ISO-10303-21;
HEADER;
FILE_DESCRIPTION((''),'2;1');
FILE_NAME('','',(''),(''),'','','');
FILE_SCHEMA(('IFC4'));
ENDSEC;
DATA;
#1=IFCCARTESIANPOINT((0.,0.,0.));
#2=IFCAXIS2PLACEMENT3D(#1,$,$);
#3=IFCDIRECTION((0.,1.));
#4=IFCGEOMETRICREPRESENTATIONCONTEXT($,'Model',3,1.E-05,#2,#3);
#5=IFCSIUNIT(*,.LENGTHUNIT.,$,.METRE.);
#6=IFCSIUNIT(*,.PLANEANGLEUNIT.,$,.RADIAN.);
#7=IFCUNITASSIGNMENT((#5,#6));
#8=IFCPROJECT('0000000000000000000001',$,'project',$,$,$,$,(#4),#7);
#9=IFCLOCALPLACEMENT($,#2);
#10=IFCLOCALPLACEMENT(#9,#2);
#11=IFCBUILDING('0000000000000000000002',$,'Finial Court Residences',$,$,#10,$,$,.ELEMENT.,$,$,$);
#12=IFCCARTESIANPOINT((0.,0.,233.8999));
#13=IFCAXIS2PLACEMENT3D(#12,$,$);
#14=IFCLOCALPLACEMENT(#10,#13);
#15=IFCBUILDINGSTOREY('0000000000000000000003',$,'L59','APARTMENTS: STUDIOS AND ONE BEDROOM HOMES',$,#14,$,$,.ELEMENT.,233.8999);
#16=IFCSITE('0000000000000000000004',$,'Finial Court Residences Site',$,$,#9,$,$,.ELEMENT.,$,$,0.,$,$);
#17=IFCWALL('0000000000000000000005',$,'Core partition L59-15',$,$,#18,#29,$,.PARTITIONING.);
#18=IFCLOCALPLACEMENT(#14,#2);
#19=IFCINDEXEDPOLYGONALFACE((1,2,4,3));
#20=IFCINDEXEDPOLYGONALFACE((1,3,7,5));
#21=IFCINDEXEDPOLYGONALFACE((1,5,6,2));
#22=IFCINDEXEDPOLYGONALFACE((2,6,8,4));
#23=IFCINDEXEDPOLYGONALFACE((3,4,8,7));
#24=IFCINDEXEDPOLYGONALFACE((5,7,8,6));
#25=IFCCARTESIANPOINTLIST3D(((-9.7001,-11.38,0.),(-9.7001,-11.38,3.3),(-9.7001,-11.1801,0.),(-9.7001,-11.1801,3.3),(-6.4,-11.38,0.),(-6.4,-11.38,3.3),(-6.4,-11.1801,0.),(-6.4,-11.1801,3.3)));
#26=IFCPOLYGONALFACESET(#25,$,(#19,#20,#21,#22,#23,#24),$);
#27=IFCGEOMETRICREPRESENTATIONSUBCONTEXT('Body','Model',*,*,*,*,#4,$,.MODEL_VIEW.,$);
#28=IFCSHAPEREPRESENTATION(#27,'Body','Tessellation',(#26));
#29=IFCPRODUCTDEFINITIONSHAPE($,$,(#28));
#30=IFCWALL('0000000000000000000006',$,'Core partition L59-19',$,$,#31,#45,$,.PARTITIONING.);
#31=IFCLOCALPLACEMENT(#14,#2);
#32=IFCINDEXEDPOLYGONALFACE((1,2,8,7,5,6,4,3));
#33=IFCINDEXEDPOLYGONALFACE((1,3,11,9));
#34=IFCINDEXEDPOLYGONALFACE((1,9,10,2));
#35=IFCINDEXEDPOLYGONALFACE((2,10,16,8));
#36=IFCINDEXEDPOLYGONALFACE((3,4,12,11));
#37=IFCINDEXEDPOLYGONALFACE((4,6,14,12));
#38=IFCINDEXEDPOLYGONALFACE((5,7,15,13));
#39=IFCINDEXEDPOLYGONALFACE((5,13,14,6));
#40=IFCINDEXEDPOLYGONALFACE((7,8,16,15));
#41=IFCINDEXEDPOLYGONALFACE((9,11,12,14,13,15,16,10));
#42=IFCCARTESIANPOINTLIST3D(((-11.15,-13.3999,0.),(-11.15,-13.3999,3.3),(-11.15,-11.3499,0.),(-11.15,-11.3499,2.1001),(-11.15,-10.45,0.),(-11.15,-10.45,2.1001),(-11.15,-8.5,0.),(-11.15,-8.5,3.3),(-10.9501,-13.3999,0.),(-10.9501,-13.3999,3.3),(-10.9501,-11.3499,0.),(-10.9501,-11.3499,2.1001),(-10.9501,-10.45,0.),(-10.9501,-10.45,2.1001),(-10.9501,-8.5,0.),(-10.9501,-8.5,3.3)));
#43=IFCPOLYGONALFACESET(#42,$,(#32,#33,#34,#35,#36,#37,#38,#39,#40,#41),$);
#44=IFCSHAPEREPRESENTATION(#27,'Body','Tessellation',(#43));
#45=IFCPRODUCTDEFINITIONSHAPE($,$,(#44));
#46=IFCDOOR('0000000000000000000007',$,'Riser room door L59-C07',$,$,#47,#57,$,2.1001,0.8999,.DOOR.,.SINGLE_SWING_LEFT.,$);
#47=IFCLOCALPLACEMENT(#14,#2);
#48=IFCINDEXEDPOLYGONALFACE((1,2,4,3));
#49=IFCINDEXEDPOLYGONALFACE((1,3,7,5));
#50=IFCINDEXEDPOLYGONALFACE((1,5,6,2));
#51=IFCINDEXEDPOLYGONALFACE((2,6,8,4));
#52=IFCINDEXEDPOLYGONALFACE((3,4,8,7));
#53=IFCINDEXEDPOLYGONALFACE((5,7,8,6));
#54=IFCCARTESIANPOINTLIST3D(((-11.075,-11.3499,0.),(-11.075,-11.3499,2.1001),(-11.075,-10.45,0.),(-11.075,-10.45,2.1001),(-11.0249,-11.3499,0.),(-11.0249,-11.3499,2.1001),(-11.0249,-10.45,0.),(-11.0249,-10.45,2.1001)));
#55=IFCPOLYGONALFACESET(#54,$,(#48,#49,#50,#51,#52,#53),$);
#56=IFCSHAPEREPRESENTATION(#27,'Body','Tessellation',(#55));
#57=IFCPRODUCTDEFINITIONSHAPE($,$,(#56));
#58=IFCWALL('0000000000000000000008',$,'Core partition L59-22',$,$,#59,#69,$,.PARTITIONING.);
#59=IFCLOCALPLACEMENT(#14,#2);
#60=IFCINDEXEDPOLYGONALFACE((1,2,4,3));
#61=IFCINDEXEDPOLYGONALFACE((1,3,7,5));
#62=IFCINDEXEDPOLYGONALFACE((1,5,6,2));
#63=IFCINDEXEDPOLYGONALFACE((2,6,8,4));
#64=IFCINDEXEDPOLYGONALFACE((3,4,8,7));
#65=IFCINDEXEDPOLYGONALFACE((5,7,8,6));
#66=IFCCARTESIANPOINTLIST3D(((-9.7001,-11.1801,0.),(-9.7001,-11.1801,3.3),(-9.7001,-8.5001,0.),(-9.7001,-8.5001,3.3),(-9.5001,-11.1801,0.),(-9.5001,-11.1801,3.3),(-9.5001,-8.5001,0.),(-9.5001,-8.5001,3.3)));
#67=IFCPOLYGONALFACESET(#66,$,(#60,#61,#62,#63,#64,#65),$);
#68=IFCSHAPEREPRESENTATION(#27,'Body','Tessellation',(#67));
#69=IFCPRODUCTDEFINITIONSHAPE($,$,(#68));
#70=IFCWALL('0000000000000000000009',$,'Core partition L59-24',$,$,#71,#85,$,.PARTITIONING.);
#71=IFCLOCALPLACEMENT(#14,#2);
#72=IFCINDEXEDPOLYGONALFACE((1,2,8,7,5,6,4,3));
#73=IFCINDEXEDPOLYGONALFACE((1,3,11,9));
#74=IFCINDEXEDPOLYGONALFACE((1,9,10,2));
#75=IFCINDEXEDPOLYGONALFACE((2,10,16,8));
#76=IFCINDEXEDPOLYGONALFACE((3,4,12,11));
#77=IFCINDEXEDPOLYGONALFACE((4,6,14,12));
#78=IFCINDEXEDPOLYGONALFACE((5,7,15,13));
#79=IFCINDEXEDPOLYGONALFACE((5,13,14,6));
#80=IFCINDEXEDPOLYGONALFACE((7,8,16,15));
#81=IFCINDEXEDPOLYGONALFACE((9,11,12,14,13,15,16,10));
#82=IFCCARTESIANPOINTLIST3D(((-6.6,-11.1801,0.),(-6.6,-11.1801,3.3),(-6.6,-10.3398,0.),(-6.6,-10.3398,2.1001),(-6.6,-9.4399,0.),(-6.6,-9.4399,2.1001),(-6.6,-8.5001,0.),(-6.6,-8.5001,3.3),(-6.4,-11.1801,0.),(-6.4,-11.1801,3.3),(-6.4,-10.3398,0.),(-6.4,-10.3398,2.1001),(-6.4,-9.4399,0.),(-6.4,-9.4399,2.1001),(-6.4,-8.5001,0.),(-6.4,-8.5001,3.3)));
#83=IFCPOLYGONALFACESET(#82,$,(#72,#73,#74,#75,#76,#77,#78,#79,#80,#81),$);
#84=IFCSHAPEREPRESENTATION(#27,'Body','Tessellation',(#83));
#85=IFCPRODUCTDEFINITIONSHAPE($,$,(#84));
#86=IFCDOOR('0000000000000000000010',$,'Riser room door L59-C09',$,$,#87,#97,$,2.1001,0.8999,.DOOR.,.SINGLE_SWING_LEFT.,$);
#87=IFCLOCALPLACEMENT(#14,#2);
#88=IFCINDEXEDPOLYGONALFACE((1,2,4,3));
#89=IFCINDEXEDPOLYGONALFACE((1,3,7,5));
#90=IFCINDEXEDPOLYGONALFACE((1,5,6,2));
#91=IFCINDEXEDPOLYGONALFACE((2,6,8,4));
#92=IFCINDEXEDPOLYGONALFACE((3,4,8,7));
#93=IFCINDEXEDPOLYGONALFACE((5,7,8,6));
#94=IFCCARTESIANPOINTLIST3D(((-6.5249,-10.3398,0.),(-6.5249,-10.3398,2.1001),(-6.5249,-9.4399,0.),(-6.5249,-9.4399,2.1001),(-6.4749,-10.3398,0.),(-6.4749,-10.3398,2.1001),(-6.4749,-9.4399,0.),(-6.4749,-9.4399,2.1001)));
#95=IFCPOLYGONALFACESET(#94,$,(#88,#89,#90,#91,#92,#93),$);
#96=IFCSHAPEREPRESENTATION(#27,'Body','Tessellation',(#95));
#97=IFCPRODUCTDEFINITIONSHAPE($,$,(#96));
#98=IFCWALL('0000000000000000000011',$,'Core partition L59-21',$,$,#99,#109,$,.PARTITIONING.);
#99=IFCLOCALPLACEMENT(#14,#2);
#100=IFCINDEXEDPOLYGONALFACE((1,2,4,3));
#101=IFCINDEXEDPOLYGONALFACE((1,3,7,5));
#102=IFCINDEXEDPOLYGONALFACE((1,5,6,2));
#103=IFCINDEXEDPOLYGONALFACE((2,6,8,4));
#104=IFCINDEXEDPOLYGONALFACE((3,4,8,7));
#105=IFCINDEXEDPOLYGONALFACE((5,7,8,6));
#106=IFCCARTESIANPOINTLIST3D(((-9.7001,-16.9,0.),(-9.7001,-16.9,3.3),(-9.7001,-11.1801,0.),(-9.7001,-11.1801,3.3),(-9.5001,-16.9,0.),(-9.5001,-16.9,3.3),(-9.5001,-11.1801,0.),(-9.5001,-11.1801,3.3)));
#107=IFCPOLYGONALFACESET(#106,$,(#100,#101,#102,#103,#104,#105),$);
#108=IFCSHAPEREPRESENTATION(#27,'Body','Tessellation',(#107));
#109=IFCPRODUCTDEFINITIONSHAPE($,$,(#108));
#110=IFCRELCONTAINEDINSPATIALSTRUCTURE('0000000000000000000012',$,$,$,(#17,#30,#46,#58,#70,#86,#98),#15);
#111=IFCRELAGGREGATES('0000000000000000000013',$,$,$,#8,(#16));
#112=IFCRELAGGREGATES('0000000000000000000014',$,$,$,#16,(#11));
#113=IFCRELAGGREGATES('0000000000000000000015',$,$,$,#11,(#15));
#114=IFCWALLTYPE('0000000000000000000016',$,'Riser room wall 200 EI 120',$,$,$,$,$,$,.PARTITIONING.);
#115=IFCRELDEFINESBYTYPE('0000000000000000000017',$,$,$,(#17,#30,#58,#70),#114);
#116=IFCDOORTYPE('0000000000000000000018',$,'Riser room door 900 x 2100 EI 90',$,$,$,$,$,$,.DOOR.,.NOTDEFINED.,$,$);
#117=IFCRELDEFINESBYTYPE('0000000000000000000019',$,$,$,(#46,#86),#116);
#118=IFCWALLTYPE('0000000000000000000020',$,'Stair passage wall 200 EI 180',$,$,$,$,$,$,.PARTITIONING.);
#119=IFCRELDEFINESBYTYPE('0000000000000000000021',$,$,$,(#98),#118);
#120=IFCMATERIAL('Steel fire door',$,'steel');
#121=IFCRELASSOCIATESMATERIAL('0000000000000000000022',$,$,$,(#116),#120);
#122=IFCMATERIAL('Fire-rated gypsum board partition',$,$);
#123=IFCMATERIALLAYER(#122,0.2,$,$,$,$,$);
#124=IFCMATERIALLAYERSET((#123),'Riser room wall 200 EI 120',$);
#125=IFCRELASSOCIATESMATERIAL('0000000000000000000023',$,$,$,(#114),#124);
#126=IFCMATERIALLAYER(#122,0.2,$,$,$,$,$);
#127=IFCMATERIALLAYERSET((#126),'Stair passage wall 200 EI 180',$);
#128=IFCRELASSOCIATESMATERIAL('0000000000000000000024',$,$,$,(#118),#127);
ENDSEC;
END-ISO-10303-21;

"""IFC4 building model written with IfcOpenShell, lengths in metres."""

from ifc_helpers import new_model, si_unit, direction, frame, frame_2d, origin, place, context, subcontext, project, spatial, rectangle, extrude, material, layer, layer_set, type_object, element, fill, save


model = new_model("IFC4")

# Units and contexts
model_context = context("Model", 3, precision=1e-05, world=origin(), true_north=direction((0.0, 1.0)))
body_context = subcontext(model_context, "Body", "Model", "MODEL_VIEW")
ifc_project = project(units=[si_unit("LENGTHUNIT", "METRE"), si_unit("PLANEANGLEUNIT", "RADIAN")], contexts=[model_context])

# Site, building, storey
site_placement = place(None, origin())
site = spatial("IfcSite", under=ifc_project, at=site_placement, Name="Finial Court Residences Site", CompositionType="ELEMENT", RefElevation=0.0)
building_placement = place(site_placement, origin())
building = spatial("IfcBuilding", under=site, at=building_placement, Name="Finial Court Residences", CompositionType="ELEMENT")
storey_placement = place(building_placement, frame((0.0, 0.0, 233.8999)))
storey = spatial("IfcBuildingStorey", under=building, at=storey_placement, Name="L59", Description="APARTMENTS: STUDIOS AND ONE BEDROOM HOMES", CompositionType="ELEMENT", Elevation=233.8999)

# Shared definitions
ifc_material_1 = material(Name="Steel fire door", Category="steel")
door_type_1 = type_object("IfcDoorType", Name="Riser room door 900 x 2100 EI 90", OperationType="NOTDEFINED", PredefinedType="DOOR", material=ifc_material_1)

# Shared definitions
ifc_material_2 = material(Name="Fire-rated gypsum board partition")

# Wall
ifc_layer_1 = layer(ifc_material_2, 0.2)
ifc_layer_set_1 = layer_set([ifc_layer_1], Name="Riser room wall 200 EI 120")
wall_type_1 = type_object("IfcWallType", Name="Riser room wall 200 EI 120", PredefinedType="PARTITIONING", material=ifc_layer_set_1)
wall_1_placement = place(storey_placement, frame((-9.7, -11.28, 0.0), z_axis=(0.0, 0.0, 1.0), x_axis=(1.0, 0.0, 0.0)))
element("IfcWall", 1, at=wall_1_placement, inside=storey, type_object=wall_type_1, Name="Core partition L59-15", PredefinedType="PARTITIONING", context=body_context, shape_type="SweptSolid", body=[
    extrude(rectangle(XDim=3.3, YDim=0.2, at=frame_2d((1.6499, 0.0))), origin(), (0.0, 0.0, 1.0), 3.3),
])

# Wall, opening, door
wall_2_placement = place(storey_placement, frame((-11.05, -13.3999, 0.0), z_axis=(0.0, 0.0, 1.0), x_axis=(0.0, 1.0, 0.0)))
wall_2 = element("IfcWall", 2, at=wall_2_placement, inside=storey, type_object=wall_type_1, Name="Core partition L59-19", PredefinedType="PARTITIONING", context=body_context, shape_type="SweptSolid", body=[
    extrude(rectangle(XDim=4.8999, YDim=0.2, at=frame_2d((2.45, 0.0))), origin(), (0.0, 0.0, 1.0), 3.3),
])
opening_1_placement = place(wall_2_placement, frame((2.05, 0.0, 0.0)))
opening_1 = element("IfcOpeningElement", 3, at=opening_1_placement, cuts=wall_2, PredefinedType="OPENING", context=body_context, shape_type="SweptSolid", body=[
    extrude(rectangle(XDim=0.8999, YDim=2.1001, at=frame_2d((0.45, 1.05))), frame((0.0, 0.1099, 0.0), z_axis=(0.0, -1.0, 0.0), x_axis=(1.0, 0.0, 0.0)), (0.0, 0.0, 1.0), 0.22),
])
door_1_placement = place(opening_1_placement, origin())
door_1 = element("IfcDoor", 4, at=door_1_placement, inside=storey, type_object=door_type_1, Name="Riser room door L59-C07", OperationType="SINGLE_SWING_LEFT", OverallHeight=2.1001, OverallWidth=0.8999, PredefinedType="DOOR", context=body_context, shape_type="SweptSolid", body=[
    extrude(rectangle(XDim=0.8999, YDim=2.1001, at=frame_2d((0.45, 1.05))), frame((0.0, 0.0249, 0.0), z_axis=(0.0, -1.0, 0.0), x_axis=(1.0, 0.0, 0.0)), (0.0, 0.0, 1.0), 0.05),
])
fill(opening_1, door_1)

# Wall
wall_3_placement = place(storey_placement, frame((-9.6001, -11.1799, 0.0), z_axis=(0.0, 0.0, 1.0), x_axis=(0.0, 1.0, 0.0)))
element("IfcWall", 5, at=wall_3_placement, inside=storey, type_object=wall_type_1, Name="Core partition L59-22", PredefinedType="PARTITIONING", context=body_context, shape_type="SweptSolid", body=[
    extrude(rectangle(XDim=2.6799, YDim=0.2, at=frame_2d((1.3398, 0.0))), origin(), (0.0, 0.0, 1.0), 3.3),
])

# Wall, opening, door
wall_4_placement = place(storey_placement, frame((-6.5, -11.1799, 0.0), z_axis=(0.0, 0.0, 1.0), x_axis=(0.0, 1.0, 0.0)))
wall_4 = element("IfcWall", 6, at=wall_4_placement, inside=storey, type_object=wall_type_1, Name="Core partition L59-24", PredefinedType="PARTITIONING", context=body_context, shape_type="SweptSolid", body=[
    extrude(rectangle(XDim=2.6799, YDim=0.2, at=frame_2d((1.3398, 0.0))), origin(), (0.0, 0.0, 1.0), 3.3),
])
opening_2_placement = place(wall_4_placement, frame((0.8401, 0.0, 0.0)))
opening_2 = element("IfcOpeningElement", 7, at=opening_2_placement, cuts=wall_4, PredefinedType="OPENING", context=body_context, shape_type="SweptSolid", body=[
    extrude(rectangle(XDim=0.8999, YDim=2.1001, at=frame_2d((0.45, 1.05))), frame((0.0, 0.1099, 0.0), z_axis=(0.0, -1.0, 0.0), x_axis=(1.0, 0.0, 0.0)), (0.0, 0.0, 1.0), 0.22),
])
door_2_placement = place(opening_2_placement, origin())
door_2 = element("IfcDoor", 8, at=door_2_placement, inside=storey, type_object=door_type_1, Name="Riser room door L59-C09", OperationType="SINGLE_SWING_LEFT", OverallHeight=2.1001, OverallWidth=0.8999, PredefinedType="DOOR", context=body_context, shape_type="SweptSolid", body=[
    extrude(rectangle(XDim=0.8999, YDim=2.1001, at=frame_2d((0.45, 1.05))), frame((0.0, 0.0249, 0.0), z_axis=(0.0, -1.0, 0.0), x_axis=(1.0, 0.0, 0.0)), (0.0, 0.0, 1.0), 0.05),
])
fill(opening_2, door_2)

# Wall
ifc_layer_2 = layer(ifc_material_2, 0.2)
ifc_layer_set_2 = layer_set([ifc_layer_2], Name="Stair passage wall 200 EI 180")
wall_type_2 = type_object("IfcWallType", Name="Stair passage wall 200 EI 180", PredefinedType="PARTITIONING", material=ifc_layer_set_2)
wall_5_placement = place(storey_placement, frame((-9.6001, -16.8999, 0.0), z_axis=(0.0, 0.0, 1.0), x_axis=(0.0, 1.0, 0.0)))
element("IfcWall", 9, at=wall_5_placement, inside=storey, type_object=wall_type_2, Name="Core partition L59-21", PredefinedType="PARTITIONING", context=body_context, shape_type="SweptSolid", body=[
    extrude(rectangle(XDim=5.72, YDim=0.2, at=frame_2d((2.8599, 0.0))), origin(), (0.0, 0.0, 1.0), 3.3),
])

save(model, "model.ifc")
